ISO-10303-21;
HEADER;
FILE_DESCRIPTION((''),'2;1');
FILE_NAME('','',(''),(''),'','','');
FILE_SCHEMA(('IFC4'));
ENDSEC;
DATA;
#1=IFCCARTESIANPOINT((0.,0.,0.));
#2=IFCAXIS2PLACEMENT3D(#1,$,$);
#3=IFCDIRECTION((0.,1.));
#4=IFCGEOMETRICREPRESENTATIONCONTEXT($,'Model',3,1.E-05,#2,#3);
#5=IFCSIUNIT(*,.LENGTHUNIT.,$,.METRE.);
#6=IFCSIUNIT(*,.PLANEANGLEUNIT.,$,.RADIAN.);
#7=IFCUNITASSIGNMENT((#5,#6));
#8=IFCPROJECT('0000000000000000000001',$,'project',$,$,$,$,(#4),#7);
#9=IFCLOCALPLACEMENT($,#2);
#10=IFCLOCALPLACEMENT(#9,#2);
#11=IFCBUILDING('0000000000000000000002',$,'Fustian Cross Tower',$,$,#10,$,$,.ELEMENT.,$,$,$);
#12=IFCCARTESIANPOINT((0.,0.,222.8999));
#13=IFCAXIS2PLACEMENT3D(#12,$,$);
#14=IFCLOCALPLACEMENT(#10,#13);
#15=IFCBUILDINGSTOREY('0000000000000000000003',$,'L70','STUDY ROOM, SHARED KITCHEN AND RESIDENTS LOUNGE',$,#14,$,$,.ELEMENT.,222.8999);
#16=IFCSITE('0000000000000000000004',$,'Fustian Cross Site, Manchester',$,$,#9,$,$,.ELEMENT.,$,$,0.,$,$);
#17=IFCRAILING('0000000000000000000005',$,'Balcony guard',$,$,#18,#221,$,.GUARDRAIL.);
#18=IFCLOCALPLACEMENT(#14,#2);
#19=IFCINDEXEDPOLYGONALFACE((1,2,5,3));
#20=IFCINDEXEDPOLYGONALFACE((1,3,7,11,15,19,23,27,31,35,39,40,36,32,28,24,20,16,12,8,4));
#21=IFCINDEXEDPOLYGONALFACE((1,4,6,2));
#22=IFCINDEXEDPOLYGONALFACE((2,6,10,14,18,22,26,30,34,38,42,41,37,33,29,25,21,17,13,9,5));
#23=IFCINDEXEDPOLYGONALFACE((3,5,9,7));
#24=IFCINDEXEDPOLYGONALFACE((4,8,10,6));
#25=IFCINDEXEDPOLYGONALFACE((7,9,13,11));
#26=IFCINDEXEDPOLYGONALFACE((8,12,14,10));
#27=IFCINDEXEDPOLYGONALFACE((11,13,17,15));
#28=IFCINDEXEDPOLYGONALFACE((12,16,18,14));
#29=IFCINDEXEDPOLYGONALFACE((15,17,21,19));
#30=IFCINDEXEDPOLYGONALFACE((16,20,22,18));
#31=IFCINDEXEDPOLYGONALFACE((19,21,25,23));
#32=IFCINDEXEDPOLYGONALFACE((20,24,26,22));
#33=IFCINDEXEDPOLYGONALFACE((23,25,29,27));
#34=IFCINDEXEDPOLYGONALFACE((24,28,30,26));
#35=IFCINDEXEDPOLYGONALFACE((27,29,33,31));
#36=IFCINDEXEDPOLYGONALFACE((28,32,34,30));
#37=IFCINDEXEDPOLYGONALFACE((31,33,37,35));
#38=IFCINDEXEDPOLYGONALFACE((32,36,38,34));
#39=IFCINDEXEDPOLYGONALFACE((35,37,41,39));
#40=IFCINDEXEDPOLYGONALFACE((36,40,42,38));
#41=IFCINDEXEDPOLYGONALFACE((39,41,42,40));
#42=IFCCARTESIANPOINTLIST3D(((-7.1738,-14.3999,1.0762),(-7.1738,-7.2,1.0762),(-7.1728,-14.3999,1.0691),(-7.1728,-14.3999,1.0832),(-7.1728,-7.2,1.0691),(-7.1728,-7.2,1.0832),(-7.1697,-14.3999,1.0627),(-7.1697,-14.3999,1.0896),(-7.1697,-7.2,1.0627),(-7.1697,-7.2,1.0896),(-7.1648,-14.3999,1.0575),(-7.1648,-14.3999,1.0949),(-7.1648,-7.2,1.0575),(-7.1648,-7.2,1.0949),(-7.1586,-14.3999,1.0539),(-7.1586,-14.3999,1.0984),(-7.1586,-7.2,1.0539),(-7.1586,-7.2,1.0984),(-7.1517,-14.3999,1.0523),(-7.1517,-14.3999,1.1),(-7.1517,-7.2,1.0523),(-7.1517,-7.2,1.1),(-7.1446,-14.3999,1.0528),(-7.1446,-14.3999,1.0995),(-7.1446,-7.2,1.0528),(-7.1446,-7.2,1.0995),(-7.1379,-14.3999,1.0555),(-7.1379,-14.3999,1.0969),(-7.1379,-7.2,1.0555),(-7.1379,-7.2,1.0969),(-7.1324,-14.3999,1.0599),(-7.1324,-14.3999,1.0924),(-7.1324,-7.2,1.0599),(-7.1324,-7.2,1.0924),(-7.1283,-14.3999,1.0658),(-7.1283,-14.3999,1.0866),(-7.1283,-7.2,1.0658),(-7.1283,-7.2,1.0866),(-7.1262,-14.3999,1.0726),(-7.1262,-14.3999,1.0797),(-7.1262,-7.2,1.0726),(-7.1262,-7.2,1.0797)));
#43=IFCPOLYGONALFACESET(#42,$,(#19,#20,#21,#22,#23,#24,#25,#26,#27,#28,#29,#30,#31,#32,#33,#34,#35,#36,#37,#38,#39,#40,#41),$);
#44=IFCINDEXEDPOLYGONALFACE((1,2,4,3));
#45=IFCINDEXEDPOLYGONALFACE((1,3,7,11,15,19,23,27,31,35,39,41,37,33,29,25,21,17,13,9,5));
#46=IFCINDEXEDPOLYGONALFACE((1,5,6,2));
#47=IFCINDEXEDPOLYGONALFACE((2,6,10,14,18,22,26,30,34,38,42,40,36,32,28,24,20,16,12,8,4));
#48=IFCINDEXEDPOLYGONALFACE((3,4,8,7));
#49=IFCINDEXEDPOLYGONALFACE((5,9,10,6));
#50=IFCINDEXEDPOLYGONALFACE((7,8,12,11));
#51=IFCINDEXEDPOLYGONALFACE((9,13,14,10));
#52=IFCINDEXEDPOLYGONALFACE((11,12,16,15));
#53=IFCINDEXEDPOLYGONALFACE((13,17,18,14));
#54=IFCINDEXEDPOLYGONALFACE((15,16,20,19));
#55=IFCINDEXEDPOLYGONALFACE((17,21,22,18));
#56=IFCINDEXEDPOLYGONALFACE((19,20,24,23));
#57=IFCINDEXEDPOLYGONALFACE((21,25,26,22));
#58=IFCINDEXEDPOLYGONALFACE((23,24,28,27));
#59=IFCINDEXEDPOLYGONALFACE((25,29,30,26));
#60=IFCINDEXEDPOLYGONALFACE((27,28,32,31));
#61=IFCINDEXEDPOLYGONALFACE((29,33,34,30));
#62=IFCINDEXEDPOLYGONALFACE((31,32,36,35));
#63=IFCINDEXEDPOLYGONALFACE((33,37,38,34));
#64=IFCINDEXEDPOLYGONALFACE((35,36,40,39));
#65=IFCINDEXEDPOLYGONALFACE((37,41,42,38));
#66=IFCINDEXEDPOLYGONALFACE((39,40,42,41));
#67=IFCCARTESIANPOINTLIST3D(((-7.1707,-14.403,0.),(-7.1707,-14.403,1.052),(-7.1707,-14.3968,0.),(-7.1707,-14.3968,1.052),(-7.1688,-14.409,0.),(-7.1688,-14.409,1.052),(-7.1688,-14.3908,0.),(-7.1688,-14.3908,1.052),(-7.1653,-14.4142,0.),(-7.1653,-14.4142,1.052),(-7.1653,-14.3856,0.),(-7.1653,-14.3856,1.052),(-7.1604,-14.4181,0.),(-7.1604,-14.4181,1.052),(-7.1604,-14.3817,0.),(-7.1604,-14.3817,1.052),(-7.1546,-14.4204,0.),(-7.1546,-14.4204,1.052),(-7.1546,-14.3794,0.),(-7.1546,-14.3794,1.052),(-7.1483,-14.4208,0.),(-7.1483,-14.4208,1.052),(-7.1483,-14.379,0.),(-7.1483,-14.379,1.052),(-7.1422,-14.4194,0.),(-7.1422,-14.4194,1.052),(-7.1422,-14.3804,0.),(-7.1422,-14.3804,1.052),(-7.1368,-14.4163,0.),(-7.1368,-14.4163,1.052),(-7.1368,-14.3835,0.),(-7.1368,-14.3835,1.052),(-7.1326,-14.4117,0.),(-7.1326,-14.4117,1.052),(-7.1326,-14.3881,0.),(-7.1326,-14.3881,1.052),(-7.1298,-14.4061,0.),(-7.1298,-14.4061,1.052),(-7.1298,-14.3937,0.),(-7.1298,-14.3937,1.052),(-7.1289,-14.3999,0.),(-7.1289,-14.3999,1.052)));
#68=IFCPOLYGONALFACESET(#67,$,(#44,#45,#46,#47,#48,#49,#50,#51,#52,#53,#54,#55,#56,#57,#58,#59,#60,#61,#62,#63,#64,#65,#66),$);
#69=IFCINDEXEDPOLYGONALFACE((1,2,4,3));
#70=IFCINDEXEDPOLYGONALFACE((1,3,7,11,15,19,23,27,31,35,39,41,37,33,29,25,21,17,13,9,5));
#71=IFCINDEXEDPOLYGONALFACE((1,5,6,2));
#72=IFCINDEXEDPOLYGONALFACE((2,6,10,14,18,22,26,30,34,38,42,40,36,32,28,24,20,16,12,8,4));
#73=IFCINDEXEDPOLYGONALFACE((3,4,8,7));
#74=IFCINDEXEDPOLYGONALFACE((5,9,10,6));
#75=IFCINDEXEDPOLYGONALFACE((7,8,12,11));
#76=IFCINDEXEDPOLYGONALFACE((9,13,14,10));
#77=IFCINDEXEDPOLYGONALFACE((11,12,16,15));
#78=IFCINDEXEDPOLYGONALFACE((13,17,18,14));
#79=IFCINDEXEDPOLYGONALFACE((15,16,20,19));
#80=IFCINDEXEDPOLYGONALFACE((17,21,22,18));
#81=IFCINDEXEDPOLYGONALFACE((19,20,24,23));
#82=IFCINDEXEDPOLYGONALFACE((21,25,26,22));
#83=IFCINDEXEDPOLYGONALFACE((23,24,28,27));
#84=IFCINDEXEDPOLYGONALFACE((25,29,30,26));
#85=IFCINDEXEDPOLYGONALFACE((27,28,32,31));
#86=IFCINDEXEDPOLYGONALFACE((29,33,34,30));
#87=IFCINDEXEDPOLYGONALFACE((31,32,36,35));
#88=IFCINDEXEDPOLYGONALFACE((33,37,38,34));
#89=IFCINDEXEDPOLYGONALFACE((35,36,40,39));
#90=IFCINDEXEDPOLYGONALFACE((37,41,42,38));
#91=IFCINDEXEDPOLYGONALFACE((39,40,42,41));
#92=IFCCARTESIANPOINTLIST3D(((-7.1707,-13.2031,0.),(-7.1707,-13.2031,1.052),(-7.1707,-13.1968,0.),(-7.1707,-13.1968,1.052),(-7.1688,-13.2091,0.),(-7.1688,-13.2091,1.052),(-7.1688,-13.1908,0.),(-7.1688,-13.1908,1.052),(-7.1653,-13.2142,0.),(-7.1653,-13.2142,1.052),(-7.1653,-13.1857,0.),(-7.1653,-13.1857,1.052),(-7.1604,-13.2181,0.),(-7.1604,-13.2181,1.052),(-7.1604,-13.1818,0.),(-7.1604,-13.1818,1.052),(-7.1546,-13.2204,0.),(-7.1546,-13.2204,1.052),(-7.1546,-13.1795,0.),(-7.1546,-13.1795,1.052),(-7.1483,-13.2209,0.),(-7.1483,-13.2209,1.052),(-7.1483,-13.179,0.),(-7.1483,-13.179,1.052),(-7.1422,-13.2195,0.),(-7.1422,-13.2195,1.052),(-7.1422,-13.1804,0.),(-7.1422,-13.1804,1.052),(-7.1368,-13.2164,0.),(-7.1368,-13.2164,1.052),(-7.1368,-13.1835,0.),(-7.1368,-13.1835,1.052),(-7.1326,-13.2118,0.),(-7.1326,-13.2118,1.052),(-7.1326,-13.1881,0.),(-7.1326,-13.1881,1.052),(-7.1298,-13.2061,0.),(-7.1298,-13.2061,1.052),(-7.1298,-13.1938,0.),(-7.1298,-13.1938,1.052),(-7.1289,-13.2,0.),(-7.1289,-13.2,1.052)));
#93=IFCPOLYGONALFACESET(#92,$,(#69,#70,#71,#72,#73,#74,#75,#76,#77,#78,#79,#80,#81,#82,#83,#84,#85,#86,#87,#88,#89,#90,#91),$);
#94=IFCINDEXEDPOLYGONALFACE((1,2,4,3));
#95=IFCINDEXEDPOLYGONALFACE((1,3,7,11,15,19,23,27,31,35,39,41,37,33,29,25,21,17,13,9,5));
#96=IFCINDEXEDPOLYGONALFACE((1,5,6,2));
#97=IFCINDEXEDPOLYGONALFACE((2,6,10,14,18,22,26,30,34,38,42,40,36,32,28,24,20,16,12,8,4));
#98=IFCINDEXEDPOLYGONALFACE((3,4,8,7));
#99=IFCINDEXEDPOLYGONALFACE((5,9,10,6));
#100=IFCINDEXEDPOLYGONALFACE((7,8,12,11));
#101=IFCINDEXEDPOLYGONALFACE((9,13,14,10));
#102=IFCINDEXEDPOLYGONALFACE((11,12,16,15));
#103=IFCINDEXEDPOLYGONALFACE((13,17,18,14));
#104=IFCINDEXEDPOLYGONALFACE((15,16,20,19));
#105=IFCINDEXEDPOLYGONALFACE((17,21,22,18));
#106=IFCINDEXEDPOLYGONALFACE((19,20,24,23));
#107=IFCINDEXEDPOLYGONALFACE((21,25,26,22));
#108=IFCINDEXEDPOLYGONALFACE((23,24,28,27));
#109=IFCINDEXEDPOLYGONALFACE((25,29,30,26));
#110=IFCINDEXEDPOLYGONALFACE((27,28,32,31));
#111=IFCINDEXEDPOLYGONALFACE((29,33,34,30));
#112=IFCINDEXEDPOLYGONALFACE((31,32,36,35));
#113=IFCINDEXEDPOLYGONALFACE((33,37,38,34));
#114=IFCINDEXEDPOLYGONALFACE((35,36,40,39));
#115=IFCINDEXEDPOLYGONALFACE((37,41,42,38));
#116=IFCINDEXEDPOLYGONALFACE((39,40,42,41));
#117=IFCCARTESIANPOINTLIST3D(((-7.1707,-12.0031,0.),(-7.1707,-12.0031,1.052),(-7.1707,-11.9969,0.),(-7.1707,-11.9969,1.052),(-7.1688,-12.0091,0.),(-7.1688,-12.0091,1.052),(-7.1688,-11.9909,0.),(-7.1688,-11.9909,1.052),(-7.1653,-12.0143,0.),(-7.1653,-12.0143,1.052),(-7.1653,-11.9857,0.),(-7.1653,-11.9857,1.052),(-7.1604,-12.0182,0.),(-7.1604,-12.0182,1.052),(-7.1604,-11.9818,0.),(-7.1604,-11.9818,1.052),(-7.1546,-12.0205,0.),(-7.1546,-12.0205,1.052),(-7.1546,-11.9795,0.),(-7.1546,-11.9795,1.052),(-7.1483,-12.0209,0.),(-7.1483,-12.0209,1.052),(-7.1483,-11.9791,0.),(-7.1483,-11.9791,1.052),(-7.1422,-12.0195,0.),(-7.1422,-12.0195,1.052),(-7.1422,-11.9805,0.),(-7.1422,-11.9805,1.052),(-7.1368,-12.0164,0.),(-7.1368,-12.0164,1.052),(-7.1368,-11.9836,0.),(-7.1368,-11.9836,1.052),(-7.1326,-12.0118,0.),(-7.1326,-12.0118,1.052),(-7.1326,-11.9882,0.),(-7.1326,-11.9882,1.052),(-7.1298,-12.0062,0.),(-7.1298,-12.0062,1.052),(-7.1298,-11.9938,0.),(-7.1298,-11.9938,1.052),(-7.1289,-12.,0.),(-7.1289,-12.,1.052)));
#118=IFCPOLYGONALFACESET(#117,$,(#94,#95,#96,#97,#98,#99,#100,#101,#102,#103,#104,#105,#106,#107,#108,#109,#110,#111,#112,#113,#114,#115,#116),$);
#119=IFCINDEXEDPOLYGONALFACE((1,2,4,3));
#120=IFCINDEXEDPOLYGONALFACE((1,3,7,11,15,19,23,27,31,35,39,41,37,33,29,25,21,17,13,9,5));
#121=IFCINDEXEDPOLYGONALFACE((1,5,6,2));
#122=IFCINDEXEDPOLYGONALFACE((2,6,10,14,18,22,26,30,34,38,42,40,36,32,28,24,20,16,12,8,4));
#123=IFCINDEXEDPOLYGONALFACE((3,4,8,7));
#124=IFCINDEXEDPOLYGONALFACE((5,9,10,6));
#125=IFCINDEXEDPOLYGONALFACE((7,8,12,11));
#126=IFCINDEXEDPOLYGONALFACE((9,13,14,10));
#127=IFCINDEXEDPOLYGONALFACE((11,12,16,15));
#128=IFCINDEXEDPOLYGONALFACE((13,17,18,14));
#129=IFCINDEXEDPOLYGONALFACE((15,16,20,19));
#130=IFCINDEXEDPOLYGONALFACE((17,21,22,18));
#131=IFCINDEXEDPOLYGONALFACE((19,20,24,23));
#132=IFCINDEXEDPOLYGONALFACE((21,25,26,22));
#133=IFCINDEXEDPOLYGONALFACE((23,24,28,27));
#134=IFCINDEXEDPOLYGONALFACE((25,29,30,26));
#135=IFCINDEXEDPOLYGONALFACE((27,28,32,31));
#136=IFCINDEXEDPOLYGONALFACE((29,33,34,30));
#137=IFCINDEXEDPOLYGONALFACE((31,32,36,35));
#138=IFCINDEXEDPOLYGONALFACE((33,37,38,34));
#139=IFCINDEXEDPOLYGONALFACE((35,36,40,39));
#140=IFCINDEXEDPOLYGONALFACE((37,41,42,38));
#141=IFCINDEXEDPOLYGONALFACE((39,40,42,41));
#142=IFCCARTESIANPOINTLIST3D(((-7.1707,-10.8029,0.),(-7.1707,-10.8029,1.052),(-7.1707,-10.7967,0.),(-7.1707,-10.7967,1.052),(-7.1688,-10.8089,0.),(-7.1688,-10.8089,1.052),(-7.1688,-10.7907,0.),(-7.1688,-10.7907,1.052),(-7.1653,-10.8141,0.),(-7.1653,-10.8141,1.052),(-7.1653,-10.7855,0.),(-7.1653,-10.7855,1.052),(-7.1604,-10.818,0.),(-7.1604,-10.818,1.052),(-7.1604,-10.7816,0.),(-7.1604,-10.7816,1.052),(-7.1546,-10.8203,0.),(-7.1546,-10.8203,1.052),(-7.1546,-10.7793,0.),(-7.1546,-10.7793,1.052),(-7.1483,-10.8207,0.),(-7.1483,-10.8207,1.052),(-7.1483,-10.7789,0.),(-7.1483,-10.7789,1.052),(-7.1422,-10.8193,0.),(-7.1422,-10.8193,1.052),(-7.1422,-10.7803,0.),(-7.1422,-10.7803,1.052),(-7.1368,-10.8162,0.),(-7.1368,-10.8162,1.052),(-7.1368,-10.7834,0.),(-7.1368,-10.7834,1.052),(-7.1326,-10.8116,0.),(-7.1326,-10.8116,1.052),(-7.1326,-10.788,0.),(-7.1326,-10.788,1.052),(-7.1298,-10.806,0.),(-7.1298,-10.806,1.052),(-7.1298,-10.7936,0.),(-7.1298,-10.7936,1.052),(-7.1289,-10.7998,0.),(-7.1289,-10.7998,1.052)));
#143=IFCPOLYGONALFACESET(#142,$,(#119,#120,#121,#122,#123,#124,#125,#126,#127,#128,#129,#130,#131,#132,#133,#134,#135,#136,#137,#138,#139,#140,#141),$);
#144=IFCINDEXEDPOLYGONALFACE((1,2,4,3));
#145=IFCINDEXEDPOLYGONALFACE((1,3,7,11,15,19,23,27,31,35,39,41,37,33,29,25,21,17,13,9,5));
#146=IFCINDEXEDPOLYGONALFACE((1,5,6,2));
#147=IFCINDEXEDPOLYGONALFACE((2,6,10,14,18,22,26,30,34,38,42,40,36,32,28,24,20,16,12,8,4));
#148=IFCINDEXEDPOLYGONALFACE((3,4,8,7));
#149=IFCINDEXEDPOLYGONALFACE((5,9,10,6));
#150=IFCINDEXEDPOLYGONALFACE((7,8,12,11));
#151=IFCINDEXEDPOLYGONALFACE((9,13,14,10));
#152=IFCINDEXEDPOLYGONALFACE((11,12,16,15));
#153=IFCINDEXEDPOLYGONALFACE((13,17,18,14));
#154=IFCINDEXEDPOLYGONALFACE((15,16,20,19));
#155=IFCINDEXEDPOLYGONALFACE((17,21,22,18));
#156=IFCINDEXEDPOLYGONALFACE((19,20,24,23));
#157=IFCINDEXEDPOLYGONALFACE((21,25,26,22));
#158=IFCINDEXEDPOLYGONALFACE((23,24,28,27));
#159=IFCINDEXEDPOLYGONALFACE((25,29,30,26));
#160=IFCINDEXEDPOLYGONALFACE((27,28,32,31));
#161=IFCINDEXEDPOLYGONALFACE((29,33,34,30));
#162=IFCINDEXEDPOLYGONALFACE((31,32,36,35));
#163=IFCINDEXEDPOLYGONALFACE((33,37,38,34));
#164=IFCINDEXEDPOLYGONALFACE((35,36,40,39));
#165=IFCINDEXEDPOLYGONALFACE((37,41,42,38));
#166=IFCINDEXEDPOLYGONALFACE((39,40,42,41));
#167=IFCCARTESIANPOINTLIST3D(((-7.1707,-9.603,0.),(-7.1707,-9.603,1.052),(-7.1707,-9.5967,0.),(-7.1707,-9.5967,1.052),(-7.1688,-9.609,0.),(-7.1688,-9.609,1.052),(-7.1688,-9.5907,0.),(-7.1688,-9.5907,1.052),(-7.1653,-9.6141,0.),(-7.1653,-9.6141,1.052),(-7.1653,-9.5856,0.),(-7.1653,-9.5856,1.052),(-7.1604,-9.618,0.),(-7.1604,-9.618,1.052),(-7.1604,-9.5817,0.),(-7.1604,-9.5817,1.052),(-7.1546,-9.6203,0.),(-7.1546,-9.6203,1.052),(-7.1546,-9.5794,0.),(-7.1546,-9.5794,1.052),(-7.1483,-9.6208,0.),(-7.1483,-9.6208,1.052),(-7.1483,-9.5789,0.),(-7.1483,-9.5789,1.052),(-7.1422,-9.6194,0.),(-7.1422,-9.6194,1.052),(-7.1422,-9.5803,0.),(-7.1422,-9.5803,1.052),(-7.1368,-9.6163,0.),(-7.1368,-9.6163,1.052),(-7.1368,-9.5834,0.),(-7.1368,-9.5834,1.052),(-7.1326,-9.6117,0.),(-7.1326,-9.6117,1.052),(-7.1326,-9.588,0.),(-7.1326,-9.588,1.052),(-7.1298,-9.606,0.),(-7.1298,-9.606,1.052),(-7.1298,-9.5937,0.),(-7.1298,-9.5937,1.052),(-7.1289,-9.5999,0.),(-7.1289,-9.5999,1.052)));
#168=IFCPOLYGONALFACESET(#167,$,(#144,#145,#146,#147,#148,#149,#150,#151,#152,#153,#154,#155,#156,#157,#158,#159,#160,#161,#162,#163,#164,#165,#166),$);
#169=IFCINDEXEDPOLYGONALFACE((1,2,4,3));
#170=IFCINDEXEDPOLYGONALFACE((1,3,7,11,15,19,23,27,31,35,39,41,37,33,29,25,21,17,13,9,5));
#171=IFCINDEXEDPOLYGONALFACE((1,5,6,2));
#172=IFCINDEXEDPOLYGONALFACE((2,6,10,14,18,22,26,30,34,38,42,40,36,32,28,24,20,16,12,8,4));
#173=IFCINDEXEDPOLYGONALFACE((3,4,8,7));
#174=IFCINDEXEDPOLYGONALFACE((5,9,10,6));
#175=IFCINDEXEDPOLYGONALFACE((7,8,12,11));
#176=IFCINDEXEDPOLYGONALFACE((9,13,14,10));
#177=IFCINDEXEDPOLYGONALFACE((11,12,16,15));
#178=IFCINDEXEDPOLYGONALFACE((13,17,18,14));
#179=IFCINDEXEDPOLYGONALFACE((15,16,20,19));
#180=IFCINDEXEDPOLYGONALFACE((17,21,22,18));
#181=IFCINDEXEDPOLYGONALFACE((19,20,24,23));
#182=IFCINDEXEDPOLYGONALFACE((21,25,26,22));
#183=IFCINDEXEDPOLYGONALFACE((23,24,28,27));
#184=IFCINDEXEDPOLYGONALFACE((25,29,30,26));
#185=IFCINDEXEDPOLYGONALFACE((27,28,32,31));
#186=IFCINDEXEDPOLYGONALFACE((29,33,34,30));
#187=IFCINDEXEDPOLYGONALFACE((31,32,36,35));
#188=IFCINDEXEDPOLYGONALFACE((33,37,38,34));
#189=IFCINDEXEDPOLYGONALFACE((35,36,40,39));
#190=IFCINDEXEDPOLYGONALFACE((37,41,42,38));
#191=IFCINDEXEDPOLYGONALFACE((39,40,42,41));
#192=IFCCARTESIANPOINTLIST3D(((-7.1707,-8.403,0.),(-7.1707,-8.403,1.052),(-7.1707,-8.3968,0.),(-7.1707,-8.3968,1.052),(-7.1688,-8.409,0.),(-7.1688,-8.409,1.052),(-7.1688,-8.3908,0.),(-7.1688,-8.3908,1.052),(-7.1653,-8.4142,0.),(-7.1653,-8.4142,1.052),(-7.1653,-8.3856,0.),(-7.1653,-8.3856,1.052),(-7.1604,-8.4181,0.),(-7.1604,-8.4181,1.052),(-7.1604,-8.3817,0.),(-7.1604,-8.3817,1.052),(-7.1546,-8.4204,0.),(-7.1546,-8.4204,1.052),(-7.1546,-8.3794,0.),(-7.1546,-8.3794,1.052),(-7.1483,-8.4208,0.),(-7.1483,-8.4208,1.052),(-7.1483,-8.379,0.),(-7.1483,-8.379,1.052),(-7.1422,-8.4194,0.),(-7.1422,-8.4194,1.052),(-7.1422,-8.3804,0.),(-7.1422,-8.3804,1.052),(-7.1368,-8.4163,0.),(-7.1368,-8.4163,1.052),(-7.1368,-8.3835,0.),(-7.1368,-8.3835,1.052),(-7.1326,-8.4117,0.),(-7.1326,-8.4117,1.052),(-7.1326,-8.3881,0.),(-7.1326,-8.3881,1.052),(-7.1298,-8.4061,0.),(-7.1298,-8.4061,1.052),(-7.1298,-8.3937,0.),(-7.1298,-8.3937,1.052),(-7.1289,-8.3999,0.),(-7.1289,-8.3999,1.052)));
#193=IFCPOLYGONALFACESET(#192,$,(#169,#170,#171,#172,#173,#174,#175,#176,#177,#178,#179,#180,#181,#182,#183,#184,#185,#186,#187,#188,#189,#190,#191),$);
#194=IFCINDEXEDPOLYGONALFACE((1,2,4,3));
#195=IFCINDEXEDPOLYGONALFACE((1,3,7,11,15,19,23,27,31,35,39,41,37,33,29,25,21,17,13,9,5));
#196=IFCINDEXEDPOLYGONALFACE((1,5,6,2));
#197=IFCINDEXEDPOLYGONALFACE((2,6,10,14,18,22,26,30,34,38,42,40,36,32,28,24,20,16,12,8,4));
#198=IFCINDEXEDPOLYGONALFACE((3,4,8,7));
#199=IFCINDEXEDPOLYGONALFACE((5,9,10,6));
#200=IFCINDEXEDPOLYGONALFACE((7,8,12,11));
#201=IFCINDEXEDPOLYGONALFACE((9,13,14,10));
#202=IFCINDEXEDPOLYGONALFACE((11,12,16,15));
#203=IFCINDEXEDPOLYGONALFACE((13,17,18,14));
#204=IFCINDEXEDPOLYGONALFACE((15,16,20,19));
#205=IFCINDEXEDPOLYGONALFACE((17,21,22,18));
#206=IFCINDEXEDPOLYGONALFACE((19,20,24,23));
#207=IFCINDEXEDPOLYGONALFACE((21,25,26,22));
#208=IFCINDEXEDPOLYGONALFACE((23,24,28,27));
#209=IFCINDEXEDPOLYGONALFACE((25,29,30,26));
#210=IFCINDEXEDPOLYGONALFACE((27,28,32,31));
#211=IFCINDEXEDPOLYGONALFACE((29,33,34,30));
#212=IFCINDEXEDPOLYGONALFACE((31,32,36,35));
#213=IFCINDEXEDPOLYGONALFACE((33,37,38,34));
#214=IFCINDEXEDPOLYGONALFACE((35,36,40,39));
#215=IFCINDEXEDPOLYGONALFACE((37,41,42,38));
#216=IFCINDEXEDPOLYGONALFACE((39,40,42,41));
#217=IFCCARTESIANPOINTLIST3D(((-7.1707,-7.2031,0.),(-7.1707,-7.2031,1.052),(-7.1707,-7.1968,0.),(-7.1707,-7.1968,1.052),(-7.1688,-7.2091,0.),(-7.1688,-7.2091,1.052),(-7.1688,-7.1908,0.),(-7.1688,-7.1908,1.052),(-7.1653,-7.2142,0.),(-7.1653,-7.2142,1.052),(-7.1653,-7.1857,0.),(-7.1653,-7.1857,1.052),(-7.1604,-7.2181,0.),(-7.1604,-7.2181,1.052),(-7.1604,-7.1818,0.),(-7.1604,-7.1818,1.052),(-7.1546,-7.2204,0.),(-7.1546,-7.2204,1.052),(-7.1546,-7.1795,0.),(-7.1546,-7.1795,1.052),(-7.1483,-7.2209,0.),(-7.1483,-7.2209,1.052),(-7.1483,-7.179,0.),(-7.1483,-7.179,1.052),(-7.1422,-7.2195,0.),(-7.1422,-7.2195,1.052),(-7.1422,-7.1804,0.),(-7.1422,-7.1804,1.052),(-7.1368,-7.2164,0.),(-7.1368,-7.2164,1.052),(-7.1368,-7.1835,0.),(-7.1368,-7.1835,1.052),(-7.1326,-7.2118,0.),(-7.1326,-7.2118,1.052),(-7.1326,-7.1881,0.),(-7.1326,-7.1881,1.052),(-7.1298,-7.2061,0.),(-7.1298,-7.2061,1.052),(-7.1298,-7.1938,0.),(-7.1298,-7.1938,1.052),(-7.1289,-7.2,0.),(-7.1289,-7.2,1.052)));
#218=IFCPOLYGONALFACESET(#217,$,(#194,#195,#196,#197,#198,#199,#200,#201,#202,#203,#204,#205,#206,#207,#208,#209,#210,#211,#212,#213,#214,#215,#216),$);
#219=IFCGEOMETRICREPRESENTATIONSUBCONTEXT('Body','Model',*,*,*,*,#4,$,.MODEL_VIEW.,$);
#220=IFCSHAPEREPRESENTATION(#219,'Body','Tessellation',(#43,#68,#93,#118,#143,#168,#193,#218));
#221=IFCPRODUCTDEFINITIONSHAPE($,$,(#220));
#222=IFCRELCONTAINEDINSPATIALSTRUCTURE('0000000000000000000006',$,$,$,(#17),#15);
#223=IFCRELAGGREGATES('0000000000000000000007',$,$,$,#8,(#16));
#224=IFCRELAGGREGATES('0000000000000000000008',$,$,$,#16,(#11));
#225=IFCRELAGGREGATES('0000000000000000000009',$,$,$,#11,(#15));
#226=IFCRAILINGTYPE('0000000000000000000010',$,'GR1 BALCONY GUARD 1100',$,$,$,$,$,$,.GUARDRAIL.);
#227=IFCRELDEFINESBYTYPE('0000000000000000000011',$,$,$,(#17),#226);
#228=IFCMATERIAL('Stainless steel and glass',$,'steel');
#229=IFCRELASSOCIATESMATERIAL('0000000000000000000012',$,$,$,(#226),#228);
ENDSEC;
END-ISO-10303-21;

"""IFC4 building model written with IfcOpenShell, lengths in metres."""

from ifc_helpers import new_model, si_unit, direction, frame, origin, origin_2d, place, context, subcontext, project, spatial, circle, extrude, material, type_object, element, save


model = new_model("IFC4")

# Units and contexts
model_context = context("Model", 3, precision=1e-05, world=origin(), true_north=direction((0.0, 1.0)))
body_context = subcontext(model_context, "Body", "Model", "MODEL_VIEW")
ifc_project = project(units=[si_unit("LENGTHUNIT", "METRE"), si_unit("PLANEANGLEUNIT", "RADIAN")], contexts=[model_context])

# Site, building, storey
site_placement = place(None, origin())
site = spatial("IfcSite", under=ifc_project, at=site_placement, Name="Fustian Cross Site, Manchester", CompositionType="ELEMENT", RefElevation=0.0)
building_placement = place(site_placement, origin())
building = spatial("IfcBuilding", under=site, at=building_placement, Name="Fustian Cross Tower", CompositionType="ELEMENT")
storey_placement = place(building_placement, frame((0.0, 0.0, 222.8999)))
storey = spatial("IfcBuildingStorey", under=building, at=storey_placement, Name="L70", Description="STUDY ROOM, SHARED KITCHEN AND RESIDENTS LOUNGE", CompositionType="ELEMENT", Elevation=222.8999)

# Railing
ifc_material_1 = material(Name="Stainless steel and glass", Category="steel")
railing_type = type_object("IfcRailingType", Name="GR1 BALCONY GUARD 1100", PredefinedType="GUARDRAIL", material=ifc_material_1)
railing_placement = place(storey_placement, frame((-7.1499, -14.3999, 0.0)))
element("IfcRailing", 1, at=railing_placement, inside=storey, type_object=railing_type, Name="Balcony guard", PredefinedType="GUARDRAIL", context=body_context, shape_type="SweptSolid", body=[
    extrude(circle(Radius=0.0239, at=origin_2d()), frame((0.0, 0.0, 1.0762), z_axis=(0.0, 1.0, 0.0), x_axis=(-1.0, 0.0, 0.0)), (0.0, 0.0, 1.0), 7.2),
    extrude(circle(Radius=0.021, at=origin_2d()), origin(), (0.0, 0.0, 1.0), 1.052),
    extrude(circle(Radius=0.021, at=origin_2d()), frame((0.0, 1.2, 0.0)), (0.0, 0.0, 1.0), 1.052),
    extrude(circle(Radius=0.021, at=origin_2d()), frame((0.0, 2.3999, 0.0)), (0.0, 0.0, 1.0), 1.052),
    extrude(circle(Radius=0.021, at=origin_2d()), frame((0.0, 3.6001, 0.0)), (0.0, 0.0, 1.0), 1.052),
    extrude(circle(Radius=0.021, at=origin_2d()), frame((0.0, 4.8, 0.0)), (0.0, 0.0, 1.0), 1.052),
    extrude(circle(Radius=0.021, at=origin_2d()), frame((0.0, 6.0, 0.0)), (0.0, 0.0, 1.0), 1.052),
    extrude(circle(Radius=0.021, at=origin_2d()), frame((0.0, 7.2, 0.0)), (0.0, 0.0, 1.0), 1.052),
])

save(model, "model.ifc")
